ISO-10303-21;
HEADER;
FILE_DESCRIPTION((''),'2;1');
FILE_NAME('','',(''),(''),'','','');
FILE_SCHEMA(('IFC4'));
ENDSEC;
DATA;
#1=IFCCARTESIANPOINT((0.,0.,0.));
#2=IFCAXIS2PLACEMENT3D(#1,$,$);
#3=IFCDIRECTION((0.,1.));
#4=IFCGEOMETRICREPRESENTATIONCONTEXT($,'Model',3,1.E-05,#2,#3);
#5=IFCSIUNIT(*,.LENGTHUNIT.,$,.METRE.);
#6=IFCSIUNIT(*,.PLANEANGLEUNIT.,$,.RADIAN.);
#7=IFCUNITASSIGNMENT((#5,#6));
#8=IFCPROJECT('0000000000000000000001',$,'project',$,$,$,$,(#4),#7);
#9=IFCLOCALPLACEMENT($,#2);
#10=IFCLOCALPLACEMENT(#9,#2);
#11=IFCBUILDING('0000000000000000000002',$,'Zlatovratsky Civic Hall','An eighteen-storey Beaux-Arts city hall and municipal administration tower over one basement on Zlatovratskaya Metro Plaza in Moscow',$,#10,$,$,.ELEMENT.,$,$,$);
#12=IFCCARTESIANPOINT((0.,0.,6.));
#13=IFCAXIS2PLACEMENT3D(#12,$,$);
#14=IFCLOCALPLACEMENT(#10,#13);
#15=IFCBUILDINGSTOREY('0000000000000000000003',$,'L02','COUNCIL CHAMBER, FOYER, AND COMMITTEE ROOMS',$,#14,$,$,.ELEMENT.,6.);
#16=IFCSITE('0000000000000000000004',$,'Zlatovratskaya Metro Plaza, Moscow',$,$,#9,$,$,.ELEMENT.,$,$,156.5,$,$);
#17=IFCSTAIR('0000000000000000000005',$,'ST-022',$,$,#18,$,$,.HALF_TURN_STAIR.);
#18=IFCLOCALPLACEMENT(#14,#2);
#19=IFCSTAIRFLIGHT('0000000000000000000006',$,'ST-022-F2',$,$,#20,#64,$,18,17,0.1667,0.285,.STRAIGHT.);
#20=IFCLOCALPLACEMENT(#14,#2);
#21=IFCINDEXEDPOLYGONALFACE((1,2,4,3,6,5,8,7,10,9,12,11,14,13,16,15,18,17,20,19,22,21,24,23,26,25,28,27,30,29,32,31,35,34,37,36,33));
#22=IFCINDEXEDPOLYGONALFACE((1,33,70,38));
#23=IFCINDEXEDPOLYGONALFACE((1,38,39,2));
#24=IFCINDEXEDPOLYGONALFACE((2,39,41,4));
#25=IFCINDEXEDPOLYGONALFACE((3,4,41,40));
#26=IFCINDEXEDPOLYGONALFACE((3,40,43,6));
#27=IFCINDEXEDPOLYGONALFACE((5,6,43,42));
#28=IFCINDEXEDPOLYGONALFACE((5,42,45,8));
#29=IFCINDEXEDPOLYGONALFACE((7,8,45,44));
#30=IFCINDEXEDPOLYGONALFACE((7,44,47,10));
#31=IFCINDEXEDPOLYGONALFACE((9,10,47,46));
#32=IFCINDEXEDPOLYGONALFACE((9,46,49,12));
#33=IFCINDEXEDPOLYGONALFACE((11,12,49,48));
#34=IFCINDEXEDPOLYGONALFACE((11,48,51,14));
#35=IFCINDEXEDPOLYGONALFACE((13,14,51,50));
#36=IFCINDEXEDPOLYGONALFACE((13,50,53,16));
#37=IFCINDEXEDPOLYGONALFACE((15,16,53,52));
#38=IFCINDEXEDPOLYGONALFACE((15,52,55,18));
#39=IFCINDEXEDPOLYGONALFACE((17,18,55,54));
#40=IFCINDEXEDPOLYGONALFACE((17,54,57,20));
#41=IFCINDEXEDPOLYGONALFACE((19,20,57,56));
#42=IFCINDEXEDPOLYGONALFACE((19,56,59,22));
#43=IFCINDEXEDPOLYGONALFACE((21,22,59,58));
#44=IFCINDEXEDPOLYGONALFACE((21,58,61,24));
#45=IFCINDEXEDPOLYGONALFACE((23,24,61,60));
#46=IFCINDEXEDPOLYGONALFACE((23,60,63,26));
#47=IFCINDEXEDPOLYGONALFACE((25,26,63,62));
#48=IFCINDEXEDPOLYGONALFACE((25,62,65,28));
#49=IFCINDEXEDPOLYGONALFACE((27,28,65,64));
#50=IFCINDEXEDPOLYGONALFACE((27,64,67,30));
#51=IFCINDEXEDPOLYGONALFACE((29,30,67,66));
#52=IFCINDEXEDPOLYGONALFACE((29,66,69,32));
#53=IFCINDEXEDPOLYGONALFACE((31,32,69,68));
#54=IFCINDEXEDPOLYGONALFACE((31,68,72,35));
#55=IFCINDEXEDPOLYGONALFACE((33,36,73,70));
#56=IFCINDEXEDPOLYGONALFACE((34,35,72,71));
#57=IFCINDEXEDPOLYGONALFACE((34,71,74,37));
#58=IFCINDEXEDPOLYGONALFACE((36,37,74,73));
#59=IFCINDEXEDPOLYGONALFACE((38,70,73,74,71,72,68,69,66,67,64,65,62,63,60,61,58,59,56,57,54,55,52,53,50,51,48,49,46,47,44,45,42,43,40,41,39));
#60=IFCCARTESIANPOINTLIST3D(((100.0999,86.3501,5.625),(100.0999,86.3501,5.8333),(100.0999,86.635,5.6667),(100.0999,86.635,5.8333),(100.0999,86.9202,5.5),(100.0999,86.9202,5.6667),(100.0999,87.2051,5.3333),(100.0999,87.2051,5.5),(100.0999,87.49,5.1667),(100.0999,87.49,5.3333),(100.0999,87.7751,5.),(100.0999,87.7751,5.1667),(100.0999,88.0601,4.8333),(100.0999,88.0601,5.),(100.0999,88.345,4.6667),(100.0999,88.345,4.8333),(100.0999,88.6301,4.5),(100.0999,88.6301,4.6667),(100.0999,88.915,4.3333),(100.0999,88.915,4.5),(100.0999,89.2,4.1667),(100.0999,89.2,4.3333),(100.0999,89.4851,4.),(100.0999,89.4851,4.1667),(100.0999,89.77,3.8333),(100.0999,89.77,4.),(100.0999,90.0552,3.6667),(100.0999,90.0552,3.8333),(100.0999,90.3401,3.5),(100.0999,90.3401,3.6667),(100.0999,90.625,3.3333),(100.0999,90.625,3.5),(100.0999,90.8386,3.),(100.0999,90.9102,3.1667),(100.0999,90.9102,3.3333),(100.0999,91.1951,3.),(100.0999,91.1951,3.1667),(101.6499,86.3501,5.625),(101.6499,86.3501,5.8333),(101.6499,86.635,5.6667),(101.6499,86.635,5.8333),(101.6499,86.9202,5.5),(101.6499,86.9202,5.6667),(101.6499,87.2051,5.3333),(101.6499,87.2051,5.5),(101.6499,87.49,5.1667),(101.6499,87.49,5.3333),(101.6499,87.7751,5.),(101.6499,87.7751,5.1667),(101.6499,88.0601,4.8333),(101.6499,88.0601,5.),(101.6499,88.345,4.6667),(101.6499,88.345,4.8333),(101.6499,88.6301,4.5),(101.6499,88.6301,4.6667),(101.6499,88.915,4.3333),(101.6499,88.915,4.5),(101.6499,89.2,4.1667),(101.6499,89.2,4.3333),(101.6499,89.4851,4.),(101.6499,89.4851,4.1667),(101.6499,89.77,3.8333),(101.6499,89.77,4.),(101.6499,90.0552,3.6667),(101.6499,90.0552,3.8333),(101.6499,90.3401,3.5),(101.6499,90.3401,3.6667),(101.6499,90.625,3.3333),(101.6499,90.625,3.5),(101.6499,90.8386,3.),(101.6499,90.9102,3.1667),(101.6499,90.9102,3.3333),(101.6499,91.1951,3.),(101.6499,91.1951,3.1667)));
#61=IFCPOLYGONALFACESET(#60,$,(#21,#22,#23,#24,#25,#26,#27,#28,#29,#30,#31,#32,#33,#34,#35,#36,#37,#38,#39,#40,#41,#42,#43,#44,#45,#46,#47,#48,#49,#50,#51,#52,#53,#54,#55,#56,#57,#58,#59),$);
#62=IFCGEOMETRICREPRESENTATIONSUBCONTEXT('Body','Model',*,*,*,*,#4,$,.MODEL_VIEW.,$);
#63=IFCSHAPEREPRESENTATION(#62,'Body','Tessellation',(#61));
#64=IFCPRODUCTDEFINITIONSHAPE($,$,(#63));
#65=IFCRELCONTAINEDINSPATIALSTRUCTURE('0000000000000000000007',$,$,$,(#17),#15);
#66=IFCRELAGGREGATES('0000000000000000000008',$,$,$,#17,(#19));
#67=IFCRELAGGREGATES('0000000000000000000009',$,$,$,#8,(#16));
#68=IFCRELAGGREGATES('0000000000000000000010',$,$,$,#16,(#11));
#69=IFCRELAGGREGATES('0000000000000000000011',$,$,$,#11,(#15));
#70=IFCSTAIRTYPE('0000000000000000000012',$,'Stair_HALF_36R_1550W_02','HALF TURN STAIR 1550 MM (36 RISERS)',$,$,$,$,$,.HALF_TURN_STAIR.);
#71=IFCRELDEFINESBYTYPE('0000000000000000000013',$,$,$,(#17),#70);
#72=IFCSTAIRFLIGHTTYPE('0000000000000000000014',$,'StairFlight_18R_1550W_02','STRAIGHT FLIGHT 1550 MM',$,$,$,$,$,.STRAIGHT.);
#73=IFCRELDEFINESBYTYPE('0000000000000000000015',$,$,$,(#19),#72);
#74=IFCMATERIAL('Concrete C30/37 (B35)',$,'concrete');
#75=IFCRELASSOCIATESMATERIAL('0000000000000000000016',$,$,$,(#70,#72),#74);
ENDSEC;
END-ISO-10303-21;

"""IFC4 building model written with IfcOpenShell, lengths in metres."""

from ifc_helpers import new_model, si_unit, direction, frame, origin, place, context, subcontext, project, spatial, polyline, outline, extrude, material, type_object, element, aggregate, save


model = new_model("IFC4")

# Units and contexts
model_context = context("Model", 3, precision=1e-05, world=origin(), true_north=direction((0.0, 1.0)))
body_context = subcontext(model_context, "Body", "Model", "MODEL_VIEW")
ifc_project = project(units=[si_unit("LENGTHUNIT", "METRE"), si_unit("PLANEANGLEUNIT", "RADIAN")], contexts=[model_context])

# Site, building, storey
site_placement = place(None, origin())
site = spatial("IfcSite", under=ifc_project, at=site_placement, Name="Zlatovratskaya Metro Plaza, Moscow", CompositionType="ELEMENT", RefElevation=156.5)
building_placement = place(site_placement, origin())
building = spatial("IfcBuilding", under=site, at=building_placement, Name="Zlatovratsky Civic Hall", Description="An eighteen-storey Beaux-Arts city hall and municipal administration tower over one basement on Zlatovratskaya Metro Plaza in Moscow", CompositionType="ELEMENT")
storey_placement = place(building_placement, frame((0.0, 0.0, 6.0)))
storey = spatial("IfcBuildingStorey", under=building, at=storey_placement, Name="L02", Description="COUNCIL CHAMBER, FOYER, AND COMMITTEE ROOMS", CompositionType="ELEMENT", Elevation=6.0)

# Stair, stair flight
ifc_material_1 = material(Name="Concrete C30/37 (B35)", Category="concrete")
stair_type = type_object("IfcStairType", Name="Stair_HALF_36R_1550W_02", Description="HALF TURN STAIR 1550 MM (36 RISERS)", PredefinedType="HALF_TURN_STAIR", material=ifc_material_1)
stair_placement = place(storey_placement, origin())
stair = element("IfcStair", 1, at=stair_placement, inside=storey, type_object=stair_type, Name="ST-022", PredefinedType="HALF_TURN_STAIR")
stair_flight_type = type_object("IfcStairFlightType", Name="StairFlight_18R_1550W_02", Description="STRAIGHT FLIGHT 1550 MM", PredefinedType="STRAIGHT", material=ifc_material_1)
stair_flight_placement = place(storey_placement, frame((100.875, 91.1951, 3.0), z_axis=(0.0, 0.0, 1.0), x_axis=(0.0, -1.0, 0.0)))
stair_flight = element("IfcStairFlight", 2, at=stair_flight_placement, type_object=stair_flight_type, Name="ST-022-F2", NumberOfRisers=18, NumberOfTreads=17, PredefinedType="STRAIGHT", RiserHeight=0.1667, TreadLength=0.285, context=body_context, shape_type="SweptSolid", body=[
    extrude(outline(polyline([(0.0, 0.0), (0.0, 0.1667), (0.2849, 0.1667), (0.2849, 0.3333), (0.5701, 0.3333), (0.5701, 0.5), (0.855, 0.5), (0.855, 0.6667), (1.1399, 0.6667), (1.1399, 0.8333), (1.425, 0.8333), (1.425, 1.0), (1.71, 1.0), (1.71, 1.1667), (1.9951, 1.1667), (1.9951, 1.3333), (2.28, 1.3333), (2.28, 1.5), (2.5649, 1.5), (2.5649, 1.6667), (2.8501, 1.6667), (2.8501, 1.8333), (3.135, 1.8333), (3.135, 2.0), (3.4199, 2.0), (3.4199, 2.1667), (3.7051, 2.1667), (3.7051, 2.3333), (3.99, 2.3333), (3.99, 2.5), (4.2749, 2.5), (4.2749, 2.6667), (4.5601, 2.6667), (4.5601, 2.8333), (4.845, 2.8333), (4.845, 3.0), (4.845, 2.625), (0.3564, 0.0), (0.0, 0.0)])), frame((0.0, 0.7749, 0.0), z_axis=(0.0, -1.0, 0.0), x_axis=(1.0, 0.0, 0.0)), (0.0, 0.0, 1.0), 1.55),
])
aggregate(stair, [stair_flight])

save(model, "model.ifc")
